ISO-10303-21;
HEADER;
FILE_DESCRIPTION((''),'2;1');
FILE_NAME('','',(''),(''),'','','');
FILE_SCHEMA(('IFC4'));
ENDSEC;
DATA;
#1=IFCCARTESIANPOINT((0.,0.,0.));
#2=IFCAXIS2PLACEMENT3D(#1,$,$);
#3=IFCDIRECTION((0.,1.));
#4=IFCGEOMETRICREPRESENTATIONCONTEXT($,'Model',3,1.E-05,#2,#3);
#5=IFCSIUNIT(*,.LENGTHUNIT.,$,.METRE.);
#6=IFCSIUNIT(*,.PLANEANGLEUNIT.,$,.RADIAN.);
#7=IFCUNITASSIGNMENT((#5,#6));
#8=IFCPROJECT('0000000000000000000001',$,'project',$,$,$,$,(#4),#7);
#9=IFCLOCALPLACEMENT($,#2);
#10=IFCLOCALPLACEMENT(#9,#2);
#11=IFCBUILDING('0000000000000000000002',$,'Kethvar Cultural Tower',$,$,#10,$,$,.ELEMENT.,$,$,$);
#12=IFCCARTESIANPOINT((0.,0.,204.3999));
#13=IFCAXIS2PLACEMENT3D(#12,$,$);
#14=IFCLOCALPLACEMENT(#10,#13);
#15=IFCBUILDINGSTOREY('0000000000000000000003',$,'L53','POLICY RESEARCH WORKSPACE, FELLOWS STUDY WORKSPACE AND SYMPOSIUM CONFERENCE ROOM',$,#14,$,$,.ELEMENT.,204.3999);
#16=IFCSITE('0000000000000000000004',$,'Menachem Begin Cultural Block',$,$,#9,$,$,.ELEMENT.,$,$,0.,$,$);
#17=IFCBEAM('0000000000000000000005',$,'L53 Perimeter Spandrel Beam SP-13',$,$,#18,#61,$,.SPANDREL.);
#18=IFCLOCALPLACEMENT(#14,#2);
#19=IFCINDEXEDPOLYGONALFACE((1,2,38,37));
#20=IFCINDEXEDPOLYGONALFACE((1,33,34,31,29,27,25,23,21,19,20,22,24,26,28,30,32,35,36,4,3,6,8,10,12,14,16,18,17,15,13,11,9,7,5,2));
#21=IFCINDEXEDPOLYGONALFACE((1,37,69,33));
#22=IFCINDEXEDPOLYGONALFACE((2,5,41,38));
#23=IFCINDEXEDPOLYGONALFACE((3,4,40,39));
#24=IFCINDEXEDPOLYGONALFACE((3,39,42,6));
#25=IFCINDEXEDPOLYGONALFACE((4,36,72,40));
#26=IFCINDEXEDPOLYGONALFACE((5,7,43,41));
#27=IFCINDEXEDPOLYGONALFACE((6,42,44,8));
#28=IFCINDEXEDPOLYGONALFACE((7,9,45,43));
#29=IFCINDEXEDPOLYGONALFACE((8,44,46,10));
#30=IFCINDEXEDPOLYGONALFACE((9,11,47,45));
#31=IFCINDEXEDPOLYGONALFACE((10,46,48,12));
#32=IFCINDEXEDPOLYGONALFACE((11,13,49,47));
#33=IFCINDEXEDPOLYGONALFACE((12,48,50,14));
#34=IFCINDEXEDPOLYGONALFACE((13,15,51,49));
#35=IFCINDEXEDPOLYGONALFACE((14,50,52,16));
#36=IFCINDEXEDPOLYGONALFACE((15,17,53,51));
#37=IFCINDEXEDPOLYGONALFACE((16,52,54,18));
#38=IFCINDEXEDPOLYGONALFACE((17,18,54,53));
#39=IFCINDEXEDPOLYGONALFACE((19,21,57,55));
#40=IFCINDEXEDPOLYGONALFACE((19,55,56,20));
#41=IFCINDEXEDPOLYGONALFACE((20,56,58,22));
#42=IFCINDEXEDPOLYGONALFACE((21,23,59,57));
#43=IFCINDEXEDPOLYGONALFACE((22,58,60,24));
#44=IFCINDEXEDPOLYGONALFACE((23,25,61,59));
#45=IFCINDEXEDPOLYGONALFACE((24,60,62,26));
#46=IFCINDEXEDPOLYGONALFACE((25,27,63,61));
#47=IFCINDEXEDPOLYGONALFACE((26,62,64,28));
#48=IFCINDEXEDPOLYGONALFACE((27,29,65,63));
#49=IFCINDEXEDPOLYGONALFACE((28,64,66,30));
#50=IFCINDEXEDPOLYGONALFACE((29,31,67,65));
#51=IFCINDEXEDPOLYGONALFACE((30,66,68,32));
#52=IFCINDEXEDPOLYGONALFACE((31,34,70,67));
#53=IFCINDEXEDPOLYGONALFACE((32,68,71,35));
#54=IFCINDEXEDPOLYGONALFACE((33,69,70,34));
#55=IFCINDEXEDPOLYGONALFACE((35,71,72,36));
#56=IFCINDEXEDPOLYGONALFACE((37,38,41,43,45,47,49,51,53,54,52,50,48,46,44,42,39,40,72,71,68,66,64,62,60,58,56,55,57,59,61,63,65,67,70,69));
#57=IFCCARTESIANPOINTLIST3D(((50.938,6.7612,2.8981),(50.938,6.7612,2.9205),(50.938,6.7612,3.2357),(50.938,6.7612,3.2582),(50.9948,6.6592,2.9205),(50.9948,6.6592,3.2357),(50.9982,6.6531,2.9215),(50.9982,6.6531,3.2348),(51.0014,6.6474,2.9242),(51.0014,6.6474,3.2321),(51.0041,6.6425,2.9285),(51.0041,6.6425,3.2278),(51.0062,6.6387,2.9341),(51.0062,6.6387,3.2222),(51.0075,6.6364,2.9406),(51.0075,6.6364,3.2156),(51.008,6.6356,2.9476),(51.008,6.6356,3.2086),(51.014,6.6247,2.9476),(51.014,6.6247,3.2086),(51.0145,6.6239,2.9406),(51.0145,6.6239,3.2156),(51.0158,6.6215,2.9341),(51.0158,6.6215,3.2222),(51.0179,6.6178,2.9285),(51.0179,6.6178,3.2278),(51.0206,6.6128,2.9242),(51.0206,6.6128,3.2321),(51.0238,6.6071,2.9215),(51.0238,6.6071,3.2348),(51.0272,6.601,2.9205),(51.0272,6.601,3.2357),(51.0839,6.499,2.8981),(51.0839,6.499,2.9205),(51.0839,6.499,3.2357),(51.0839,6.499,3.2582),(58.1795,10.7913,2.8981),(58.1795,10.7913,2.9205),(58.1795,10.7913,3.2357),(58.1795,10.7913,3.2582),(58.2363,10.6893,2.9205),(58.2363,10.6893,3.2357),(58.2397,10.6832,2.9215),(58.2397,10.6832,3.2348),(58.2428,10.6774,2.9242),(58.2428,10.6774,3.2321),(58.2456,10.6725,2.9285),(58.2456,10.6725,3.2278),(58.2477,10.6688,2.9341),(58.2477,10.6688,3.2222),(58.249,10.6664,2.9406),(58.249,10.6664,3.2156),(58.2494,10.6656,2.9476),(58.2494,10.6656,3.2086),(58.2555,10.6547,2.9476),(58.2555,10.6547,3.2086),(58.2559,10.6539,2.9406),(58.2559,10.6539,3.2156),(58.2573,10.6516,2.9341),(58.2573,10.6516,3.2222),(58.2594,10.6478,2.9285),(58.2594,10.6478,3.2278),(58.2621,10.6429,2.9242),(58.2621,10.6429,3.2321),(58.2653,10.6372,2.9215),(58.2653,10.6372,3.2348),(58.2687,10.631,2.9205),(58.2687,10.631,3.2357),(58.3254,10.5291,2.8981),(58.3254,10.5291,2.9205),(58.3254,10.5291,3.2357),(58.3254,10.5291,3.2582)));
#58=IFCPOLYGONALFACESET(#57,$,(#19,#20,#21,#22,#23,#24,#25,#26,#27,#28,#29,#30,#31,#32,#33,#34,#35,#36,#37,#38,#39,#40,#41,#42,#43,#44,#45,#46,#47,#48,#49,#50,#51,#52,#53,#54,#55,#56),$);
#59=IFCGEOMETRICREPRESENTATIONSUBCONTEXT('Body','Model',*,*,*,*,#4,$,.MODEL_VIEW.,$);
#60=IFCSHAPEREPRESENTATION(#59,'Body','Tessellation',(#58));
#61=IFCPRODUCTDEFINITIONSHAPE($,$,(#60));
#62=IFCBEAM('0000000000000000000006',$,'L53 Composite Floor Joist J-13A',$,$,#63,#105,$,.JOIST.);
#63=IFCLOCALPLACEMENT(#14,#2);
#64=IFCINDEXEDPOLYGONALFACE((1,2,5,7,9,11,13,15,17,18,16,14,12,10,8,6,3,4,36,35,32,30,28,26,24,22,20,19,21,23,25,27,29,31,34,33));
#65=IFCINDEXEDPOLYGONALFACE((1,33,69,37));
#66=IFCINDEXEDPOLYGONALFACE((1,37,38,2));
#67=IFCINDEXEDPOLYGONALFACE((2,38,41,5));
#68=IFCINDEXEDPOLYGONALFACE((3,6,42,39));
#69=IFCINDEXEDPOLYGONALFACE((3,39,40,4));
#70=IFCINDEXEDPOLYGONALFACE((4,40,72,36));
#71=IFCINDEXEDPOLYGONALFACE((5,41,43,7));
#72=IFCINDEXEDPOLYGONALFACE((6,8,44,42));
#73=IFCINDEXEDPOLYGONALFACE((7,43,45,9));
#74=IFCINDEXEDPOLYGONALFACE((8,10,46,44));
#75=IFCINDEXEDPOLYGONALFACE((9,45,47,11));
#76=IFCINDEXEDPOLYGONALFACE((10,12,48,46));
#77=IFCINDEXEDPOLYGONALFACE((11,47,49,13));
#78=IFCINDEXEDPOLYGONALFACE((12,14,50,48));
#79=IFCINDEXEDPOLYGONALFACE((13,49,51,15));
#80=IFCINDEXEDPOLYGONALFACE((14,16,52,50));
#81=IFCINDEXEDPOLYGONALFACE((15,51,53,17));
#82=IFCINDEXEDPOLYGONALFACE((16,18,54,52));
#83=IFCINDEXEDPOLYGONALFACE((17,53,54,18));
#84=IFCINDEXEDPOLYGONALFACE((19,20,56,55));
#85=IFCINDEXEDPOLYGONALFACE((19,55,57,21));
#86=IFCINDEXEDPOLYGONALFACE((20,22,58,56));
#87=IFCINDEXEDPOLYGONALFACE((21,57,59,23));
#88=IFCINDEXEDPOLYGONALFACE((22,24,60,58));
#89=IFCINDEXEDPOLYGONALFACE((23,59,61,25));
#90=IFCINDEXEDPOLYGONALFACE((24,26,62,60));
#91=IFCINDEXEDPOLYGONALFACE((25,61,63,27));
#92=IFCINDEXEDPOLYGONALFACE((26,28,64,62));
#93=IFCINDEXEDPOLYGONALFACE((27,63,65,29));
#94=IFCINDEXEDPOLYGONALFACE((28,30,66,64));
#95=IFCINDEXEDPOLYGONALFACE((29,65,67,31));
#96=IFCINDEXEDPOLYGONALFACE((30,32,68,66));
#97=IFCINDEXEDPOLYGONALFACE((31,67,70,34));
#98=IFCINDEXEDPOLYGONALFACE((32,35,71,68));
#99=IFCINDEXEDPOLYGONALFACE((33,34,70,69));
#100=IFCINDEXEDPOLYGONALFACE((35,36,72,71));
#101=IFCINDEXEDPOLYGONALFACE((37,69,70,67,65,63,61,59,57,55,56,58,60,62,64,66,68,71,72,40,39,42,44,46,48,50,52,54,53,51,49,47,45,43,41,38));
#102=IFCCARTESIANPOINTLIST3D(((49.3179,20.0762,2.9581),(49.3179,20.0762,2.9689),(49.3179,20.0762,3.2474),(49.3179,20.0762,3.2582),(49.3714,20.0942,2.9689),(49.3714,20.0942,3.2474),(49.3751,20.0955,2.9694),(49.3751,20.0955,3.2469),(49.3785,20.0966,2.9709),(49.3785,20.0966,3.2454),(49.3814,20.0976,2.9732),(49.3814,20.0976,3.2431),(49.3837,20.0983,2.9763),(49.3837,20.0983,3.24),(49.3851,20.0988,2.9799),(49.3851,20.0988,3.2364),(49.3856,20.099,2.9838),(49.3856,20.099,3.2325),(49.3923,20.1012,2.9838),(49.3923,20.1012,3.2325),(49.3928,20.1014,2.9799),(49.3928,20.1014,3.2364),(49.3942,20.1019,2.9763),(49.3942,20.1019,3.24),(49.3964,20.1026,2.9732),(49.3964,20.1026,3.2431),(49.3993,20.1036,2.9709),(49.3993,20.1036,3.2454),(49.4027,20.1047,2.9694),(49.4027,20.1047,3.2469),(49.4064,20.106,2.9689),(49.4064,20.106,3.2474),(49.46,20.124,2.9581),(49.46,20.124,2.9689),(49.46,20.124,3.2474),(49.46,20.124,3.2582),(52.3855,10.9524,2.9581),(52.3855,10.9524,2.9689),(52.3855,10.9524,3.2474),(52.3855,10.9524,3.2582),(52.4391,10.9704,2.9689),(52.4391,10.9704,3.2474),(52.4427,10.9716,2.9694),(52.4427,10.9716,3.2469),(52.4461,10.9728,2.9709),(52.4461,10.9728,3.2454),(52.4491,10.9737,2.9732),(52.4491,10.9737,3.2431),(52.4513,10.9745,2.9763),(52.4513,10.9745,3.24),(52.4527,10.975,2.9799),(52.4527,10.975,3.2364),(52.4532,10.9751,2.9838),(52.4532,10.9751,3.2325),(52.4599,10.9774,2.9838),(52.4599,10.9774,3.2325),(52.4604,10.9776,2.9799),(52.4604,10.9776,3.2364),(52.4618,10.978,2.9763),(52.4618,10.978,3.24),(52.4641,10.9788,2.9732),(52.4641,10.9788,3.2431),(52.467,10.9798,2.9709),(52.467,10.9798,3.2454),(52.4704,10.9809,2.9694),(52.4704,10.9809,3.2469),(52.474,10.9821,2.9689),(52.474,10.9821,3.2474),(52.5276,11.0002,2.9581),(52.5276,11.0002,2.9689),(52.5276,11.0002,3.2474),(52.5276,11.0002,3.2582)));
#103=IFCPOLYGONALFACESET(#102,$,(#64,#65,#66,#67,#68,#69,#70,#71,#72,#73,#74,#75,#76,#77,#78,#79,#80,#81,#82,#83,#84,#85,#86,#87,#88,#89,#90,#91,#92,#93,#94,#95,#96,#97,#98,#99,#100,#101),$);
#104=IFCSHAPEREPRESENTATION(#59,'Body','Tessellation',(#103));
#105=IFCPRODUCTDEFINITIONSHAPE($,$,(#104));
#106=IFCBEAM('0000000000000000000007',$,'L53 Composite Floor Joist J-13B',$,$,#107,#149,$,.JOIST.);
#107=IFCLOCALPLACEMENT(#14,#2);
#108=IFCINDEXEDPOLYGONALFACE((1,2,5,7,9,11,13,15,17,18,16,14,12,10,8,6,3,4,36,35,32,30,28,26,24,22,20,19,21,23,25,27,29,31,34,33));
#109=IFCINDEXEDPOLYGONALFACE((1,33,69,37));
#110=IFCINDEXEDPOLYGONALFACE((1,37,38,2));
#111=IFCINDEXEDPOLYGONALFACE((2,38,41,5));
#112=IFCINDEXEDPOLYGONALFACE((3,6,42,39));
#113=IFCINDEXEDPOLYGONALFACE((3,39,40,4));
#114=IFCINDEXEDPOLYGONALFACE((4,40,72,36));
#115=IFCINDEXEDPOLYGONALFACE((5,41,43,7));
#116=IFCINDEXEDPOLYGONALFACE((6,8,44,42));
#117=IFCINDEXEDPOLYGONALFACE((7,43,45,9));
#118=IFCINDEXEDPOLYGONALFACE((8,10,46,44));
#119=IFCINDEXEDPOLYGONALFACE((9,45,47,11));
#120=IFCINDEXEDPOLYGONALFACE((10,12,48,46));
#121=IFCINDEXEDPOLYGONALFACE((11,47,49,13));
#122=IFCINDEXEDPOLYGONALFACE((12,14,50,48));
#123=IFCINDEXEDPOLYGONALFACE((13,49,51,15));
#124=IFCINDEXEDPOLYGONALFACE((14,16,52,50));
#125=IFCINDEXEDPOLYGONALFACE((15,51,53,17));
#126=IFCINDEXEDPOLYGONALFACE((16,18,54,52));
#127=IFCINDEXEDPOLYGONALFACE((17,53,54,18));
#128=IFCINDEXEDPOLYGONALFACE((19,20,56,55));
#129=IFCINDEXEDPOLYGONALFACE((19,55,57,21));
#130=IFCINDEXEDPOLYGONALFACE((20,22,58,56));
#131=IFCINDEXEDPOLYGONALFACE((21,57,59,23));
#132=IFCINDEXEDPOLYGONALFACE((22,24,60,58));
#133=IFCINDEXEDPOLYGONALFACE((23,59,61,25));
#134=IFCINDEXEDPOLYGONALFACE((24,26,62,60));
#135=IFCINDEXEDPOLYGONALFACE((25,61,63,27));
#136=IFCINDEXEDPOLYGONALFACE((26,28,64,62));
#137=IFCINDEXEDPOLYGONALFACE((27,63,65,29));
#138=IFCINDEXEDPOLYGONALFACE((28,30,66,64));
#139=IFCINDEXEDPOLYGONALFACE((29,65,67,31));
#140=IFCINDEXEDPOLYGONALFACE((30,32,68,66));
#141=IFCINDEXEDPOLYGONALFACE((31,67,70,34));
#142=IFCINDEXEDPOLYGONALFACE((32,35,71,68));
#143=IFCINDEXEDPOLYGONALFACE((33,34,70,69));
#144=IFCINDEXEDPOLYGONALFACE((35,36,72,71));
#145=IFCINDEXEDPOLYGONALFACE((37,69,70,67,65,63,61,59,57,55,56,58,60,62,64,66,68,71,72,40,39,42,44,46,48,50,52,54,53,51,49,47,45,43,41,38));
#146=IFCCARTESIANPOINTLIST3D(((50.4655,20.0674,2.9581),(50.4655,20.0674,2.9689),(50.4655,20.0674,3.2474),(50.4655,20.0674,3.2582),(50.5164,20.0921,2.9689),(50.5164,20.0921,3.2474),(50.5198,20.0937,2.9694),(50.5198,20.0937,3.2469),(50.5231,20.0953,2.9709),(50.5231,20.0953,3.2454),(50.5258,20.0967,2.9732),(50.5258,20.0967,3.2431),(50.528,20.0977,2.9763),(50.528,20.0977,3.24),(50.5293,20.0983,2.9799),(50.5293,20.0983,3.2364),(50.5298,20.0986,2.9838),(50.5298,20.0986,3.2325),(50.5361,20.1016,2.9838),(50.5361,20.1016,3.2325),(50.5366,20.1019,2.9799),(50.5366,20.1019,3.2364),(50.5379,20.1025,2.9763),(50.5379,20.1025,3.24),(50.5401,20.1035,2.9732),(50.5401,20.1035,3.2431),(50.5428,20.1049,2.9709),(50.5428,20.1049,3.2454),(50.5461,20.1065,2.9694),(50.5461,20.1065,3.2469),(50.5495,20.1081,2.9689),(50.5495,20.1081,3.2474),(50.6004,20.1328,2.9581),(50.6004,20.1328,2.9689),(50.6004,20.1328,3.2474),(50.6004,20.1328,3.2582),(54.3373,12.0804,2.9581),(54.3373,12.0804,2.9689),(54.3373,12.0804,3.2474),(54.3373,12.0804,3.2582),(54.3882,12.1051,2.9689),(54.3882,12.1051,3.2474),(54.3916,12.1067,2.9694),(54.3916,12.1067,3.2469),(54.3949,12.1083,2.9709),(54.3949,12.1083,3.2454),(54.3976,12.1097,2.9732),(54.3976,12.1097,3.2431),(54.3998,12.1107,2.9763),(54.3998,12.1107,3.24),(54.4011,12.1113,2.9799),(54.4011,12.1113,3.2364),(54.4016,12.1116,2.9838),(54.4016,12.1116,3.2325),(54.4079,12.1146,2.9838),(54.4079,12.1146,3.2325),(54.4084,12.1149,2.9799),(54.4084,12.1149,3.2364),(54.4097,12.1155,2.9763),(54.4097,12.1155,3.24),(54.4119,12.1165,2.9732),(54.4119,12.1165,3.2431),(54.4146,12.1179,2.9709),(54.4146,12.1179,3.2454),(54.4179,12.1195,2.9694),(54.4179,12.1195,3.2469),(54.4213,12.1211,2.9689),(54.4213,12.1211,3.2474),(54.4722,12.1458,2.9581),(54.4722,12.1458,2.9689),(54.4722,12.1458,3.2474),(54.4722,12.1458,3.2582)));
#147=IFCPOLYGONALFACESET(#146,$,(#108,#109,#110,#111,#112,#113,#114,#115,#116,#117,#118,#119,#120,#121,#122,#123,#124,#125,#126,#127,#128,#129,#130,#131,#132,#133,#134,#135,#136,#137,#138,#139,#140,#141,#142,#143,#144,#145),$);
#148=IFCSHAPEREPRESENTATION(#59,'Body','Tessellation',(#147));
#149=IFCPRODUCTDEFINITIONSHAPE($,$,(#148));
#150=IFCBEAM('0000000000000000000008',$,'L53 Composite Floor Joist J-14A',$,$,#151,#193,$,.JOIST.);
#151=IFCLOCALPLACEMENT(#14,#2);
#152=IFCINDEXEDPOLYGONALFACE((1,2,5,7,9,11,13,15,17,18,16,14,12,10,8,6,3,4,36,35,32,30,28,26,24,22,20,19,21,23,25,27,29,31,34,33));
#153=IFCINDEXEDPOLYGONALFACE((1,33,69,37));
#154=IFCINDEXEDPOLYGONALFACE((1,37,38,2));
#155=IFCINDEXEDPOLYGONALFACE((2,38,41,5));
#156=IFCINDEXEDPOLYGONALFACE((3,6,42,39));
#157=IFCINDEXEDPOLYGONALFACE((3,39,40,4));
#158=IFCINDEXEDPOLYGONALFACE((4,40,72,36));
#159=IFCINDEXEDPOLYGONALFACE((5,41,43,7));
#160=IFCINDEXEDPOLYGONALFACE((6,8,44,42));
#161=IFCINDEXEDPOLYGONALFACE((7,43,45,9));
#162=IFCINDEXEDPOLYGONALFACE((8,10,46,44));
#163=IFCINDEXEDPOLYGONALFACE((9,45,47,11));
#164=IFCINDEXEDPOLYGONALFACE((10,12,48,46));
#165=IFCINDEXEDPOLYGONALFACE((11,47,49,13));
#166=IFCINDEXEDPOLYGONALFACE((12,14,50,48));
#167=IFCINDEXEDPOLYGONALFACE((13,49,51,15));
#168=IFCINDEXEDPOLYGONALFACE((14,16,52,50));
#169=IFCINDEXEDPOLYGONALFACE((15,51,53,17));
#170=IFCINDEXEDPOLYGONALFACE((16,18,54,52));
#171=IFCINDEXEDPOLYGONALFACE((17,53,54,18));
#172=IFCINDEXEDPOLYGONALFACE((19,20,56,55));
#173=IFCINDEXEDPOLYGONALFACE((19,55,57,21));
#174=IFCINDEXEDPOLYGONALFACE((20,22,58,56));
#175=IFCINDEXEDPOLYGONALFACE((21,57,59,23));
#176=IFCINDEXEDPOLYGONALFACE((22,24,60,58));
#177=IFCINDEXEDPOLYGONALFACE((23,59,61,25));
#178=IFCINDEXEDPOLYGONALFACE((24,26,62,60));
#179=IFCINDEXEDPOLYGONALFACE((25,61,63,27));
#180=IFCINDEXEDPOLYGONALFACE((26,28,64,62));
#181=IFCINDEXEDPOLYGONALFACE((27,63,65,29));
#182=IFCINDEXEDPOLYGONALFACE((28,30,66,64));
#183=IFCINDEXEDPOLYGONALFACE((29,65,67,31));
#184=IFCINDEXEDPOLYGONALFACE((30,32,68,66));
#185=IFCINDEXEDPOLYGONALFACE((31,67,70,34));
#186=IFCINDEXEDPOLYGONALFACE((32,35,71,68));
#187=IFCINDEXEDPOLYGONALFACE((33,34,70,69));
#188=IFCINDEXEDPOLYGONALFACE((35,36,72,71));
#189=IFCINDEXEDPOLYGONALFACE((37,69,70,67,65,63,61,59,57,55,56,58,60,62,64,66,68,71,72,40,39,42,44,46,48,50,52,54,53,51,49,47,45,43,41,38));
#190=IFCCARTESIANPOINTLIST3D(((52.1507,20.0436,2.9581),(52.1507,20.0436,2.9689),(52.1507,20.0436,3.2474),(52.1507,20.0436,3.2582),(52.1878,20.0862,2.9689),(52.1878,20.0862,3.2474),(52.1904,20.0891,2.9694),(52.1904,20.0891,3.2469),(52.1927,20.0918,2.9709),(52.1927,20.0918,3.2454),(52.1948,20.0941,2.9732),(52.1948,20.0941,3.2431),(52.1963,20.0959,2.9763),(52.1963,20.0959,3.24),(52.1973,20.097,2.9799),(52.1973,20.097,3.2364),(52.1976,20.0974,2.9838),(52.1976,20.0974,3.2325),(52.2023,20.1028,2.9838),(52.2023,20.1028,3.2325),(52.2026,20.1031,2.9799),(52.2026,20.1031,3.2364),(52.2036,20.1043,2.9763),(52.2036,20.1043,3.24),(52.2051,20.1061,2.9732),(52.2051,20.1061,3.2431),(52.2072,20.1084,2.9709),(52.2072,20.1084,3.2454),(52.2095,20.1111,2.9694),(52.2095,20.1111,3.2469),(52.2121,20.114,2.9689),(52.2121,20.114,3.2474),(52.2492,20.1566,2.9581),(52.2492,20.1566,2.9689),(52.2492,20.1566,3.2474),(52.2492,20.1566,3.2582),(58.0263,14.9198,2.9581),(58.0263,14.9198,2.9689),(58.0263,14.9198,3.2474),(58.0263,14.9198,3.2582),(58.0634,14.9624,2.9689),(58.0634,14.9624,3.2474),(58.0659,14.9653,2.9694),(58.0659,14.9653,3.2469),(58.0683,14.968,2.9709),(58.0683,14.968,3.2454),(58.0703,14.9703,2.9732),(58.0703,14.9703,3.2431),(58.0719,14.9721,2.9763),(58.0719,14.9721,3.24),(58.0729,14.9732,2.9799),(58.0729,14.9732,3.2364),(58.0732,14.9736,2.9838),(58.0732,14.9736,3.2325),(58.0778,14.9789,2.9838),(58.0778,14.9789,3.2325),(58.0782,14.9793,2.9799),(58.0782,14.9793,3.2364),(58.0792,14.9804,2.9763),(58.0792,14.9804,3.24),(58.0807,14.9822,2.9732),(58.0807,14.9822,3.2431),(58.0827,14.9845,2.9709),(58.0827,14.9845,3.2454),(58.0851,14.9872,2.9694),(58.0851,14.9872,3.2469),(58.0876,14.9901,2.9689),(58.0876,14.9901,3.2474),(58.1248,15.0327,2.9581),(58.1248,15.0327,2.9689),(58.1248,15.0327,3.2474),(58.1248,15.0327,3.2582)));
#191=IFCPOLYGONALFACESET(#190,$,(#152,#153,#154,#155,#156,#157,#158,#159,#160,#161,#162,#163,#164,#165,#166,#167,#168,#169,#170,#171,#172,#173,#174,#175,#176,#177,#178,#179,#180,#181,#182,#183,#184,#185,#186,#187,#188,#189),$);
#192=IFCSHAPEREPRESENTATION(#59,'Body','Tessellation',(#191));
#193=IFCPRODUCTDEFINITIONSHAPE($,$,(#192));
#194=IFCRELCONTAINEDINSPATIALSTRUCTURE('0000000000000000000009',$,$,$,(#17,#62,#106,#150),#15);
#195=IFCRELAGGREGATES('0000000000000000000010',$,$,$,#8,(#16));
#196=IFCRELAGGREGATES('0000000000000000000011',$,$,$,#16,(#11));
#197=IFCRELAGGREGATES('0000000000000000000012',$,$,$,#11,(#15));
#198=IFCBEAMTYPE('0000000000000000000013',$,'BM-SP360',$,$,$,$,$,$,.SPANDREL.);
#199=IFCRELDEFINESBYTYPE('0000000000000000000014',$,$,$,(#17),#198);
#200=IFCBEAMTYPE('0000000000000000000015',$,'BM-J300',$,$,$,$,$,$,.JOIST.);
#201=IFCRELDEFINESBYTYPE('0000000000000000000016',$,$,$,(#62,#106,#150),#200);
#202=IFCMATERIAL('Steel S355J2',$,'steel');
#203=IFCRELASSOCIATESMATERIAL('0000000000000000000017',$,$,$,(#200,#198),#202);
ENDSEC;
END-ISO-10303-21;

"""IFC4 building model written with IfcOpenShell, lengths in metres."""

from ifc_helpers import new_model, si_unit, direction, frame, origin, origin_2d, place, context, subcontext, project, spatial, i_section, extrude, source, transform, mapped, material, material_profile, profile_set, type_object, element, save


model = new_model("IFC4")

# Units and contexts
model_context = context("Model", 3, precision=1e-05, world=origin(), true_north=direction((0.0, 1.0)))
body_context = subcontext(model_context, "Body", "Model", "MODEL_VIEW")
ifc_project = project(units=[si_unit("LENGTHUNIT", "METRE"), si_unit("PLANEANGLEUNIT", "RADIAN")], contexts=[model_context])

# Site, building, storey
site_placement = place(None, origin())
site = spatial("IfcSite", under=ifc_project, at=site_placement, Name="Menachem Begin Cultural Block", CompositionType="ELEMENT", RefElevation=0.0)
building_placement = place(site_placement, origin())
building = spatial("IfcBuilding", under=site, at=building_placement, Name="Kethvar Cultural Tower", CompositionType="ELEMENT")
storey_placement = place(building_placement, frame((0.0, 0.0, 204.3999)))
storey = spatial("IfcBuildingStorey", under=building, at=storey_placement, Name="L53", Description="POLICY RESEARCH WORKSPACE, FELLOWS STUDY WORKSPACE AND SYMPOSIUM CONFERENCE ROOM", CompositionType="ELEMENT", Elevation=204.3999)

# Beams
ifc_material_1 = material(Name="Steel S355J2", Category="steel")
ifc_material_profile_1 = material_profile(ifc_material_1, i_section(OverallWidth=0.1499, OverallDepth=0.3, WebThickness=0.0071, FlangeThickness=0.0107, FilletRadius=0.0149, at=origin_2d()), Name="Steel S355J2 — IPE300")
ifc_profile_set_1 = profile_set([ifc_material_profile_1], Name="Steel S355J2 — IPE300")
beam_type_1 = type_object("IfcBeamType", Name="BM-J300", PredefinedType="JOIST", material=ifc_profile_set_1)
ifc_material_profile_2 = material_profile(ifc_material_1, i_section(OverallWidth=0.3, OverallDepth=0.3601, WebThickness=0.0125, FlangeThickness=0.0225, FilletRadius=0.0271, at=origin_2d()), Name="Steel S355J2 — HEB360")
ifc_profile_set_2 = profile_set([ifc_material_profile_2], Name="Steel S355J2 — HEB360")
beam_type_2 = type_object("IfcBeamType", Name="BM-SP360", PredefinedType="SPANDREL", material=ifc_profile_set_2)
shared_shape_1 = source(origin(), body_context, "Body", "SweptSolid", [
    extrude(i_section(OverallWidth=0.3, OverallDepth=0.3601, WebThickness=0.0125, FlangeThickness=0.0225, FilletRadius=0.0271, at=origin_2d()), origin(), (0.0, 0.0, 1.0), 8.2874),
])
beam_1_placement = place(storey_placement, frame((51.011, 6.6301, 3.0781), z_axis=(0.873799, 0.486288, 0.0), x_axis=(-0.486288, 0.873799, 0.0)))
element("IfcBeam", 1, at=beam_1_placement, inside=storey, type_object=beam_type_2, Name="L53 Perimeter Spandrel Beam SP-13", PredefinedType="SPANDREL", context=body_context, shape_type="MappedRepresentation", body=[
    mapped(shared_shape_1, transform((0.0, 0.0, 0.0), scale=1.0)),
])
shared_shape_2 = source(origin(), body_context, "Body", "SweptSolid", [
    extrude(i_section(OverallWidth=0.1499, OverallDepth=0.3, WebThickness=0.0071, FlangeThickness=0.0107, FilletRadius=0.0149, at=origin_2d()), origin(), (0.0, 0.0, 1.0), 9.6257),
])
beam_2_placement = place(storey_placement, frame((49.3889, 20.1001, 3.1082), z_axis=(0.318692, -0.947858, 0.0), x_axis=(0.947858, 0.318692, 0.0)))
element("IfcBeam", 2, at=beam_2_placement, inside=storey, type_object=beam_type_1, Name="L53 Composite Floor Joist J-13A", PredefinedType="JOIST", context=body_context, shape_type="MappedRepresentation", body=[
    mapped(shared_shape_2, transform((0.0, 0.0, 0.0), scale=1.0)),
])
shared_shape_3 = source(origin(), body_context, "Body", "SweptSolid", [
    extrude(i_section(OverallWidth=0.1499, OverallDepth=0.3, WebThickness=0.0071, FlangeThickness=0.0107, FilletRadius=0.0149, at=origin_2d()), origin(), (0.0, 0.0, 1.0), 8.876),
])
beam_3_placement = place(storey_placement, frame((50.533, 20.1001, 3.1082), z_axis=(0.436211, -0.899845, 0.0), x_axis=(0.899845, 0.436211, 0.0)))
element("IfcBeam", 3, at=beam_3_placement, inside=storey, type_object=beam_type_1, Name="L53 Composite Floor Joist J-13B", PredefinedType="JOIST", context=body_context, shape_type="MappedRepresentation", body=[
    mapped(shared_shape_3, transform((0.0, 0.0, 0.0), scale=1.0)),
])
shared_shape_4 = source(origin(), body_context, "Body", "SweptSolid", [
    extrude(i_section(OverallWidth=0.1499, OverallDepth=0.3, WebThickness=0.0071, FlangeThickness=0.0107, FilletRadius=0.0149, at=origin_2d()), origin(), (0.0, 0.0, 1.0), 7.7959),
])
beam_4_placement = place(storey_placement, frame((52.2, 20.1001, 3.1082), z_axis=(0.753674, -0.657249, 0.0), x_axis=(0.657249, 0.753674, 0.0)))
element("IfcBeam", 4, at=beam_4_placement, inside=storey, type_object=beam_type_1, Name="L53 Composite Floor Joist J-14A", PredefinedType="JOIST", context=body_context, shape_type="MappedRepresentation", body=[
    mapped(shared_shape_4, transform((0.0, 0.0, 0.0), scale=1.0)),
])

save(model, "model.ifc")
